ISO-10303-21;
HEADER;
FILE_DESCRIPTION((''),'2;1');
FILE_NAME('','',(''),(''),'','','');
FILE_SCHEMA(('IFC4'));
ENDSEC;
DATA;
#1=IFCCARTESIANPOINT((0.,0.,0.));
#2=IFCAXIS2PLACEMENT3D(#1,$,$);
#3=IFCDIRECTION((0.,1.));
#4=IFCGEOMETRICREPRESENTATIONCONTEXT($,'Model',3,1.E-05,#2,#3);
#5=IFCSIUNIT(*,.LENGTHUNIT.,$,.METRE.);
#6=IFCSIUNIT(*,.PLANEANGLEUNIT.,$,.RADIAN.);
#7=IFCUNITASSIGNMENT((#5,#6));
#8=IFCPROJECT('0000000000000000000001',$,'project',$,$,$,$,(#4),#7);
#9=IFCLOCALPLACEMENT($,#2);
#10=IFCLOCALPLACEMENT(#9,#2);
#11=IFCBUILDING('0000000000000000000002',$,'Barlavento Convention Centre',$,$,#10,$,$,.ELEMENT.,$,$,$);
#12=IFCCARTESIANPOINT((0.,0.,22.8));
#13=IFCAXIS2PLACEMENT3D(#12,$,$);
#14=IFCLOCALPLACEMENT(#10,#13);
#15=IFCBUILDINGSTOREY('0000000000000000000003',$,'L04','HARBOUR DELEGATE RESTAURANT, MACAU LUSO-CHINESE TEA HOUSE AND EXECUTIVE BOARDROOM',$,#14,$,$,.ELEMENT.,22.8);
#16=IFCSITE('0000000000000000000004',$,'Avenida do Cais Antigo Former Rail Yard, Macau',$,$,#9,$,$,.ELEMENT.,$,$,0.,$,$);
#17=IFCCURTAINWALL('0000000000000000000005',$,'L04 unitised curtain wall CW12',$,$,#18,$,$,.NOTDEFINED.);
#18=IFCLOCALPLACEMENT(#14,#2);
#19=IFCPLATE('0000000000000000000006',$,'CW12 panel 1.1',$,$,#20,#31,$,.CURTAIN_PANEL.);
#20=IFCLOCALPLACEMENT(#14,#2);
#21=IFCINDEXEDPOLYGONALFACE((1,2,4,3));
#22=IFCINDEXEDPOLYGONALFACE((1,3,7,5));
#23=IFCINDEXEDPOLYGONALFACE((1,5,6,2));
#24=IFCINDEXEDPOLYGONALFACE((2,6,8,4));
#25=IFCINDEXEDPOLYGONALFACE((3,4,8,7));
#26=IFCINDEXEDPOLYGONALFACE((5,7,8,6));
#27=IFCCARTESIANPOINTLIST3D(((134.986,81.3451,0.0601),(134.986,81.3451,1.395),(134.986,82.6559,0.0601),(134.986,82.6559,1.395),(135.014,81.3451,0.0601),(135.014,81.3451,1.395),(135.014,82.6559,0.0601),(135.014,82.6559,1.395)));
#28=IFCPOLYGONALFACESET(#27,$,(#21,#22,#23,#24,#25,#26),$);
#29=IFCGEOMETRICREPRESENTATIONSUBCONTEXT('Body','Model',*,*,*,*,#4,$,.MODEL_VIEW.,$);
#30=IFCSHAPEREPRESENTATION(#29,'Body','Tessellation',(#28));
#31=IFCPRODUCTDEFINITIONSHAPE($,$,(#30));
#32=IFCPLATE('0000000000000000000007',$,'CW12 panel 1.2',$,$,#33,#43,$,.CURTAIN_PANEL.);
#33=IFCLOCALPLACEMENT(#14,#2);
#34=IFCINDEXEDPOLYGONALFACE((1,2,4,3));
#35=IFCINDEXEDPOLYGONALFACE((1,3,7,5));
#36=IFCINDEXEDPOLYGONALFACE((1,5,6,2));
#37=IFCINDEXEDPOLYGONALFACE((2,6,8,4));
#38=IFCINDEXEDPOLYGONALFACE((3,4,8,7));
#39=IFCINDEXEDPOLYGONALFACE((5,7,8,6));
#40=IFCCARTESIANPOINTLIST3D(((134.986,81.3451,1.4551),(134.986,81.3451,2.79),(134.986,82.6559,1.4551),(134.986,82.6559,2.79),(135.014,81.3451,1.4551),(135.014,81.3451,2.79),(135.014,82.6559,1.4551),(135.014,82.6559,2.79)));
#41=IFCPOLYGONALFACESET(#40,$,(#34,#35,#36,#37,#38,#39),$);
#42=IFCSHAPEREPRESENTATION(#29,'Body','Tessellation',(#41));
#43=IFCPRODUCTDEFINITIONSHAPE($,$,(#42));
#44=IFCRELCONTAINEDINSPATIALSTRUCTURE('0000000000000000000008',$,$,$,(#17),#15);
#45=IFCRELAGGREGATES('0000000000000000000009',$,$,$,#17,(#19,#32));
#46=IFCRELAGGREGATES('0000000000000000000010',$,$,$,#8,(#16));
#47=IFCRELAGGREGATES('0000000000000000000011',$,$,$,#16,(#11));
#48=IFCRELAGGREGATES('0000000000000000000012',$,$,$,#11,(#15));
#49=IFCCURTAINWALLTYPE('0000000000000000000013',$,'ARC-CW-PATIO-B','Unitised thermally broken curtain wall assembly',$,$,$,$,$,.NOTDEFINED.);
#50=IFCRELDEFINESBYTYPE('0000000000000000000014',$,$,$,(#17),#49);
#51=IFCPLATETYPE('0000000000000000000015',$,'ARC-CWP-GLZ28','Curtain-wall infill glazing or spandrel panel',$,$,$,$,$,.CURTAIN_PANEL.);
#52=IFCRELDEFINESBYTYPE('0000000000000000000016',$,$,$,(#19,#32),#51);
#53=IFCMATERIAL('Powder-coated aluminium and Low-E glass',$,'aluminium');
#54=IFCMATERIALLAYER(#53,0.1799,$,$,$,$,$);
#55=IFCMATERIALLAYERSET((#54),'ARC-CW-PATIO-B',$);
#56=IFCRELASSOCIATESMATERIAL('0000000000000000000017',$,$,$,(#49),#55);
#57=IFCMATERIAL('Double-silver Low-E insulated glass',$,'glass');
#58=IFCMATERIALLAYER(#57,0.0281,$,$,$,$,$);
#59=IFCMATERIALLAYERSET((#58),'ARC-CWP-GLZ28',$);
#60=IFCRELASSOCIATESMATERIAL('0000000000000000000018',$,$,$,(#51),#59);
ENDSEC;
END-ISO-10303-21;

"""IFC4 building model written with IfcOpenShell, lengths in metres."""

from ifc_helpers import new_model, si_unit, direction, frame, origin, origin_2d, place, context, subcontext, project, spatial, rectangle, extrude, material, layer, layer_set, type_object, element, aggregate, save


model = new_model("IFC4")

# Units and contexts
model_context = context("Model", 3, precision=1e-05, world=origin(), true_north=direction((0.0, 1.0)))
body_context = subcontext(model_context, "Body", "Model", "MODEL_VIEW")
ifc_project = project(units=[si_unit("LENGTHUNIT", "METRE"), si_unit("PLANEANGLEUNIT", "RADIAN")], contexts=[model_context])

# Site, building, storey
site_placement = place(None, origin())
site = spatial("IfcSite", under=ifc_project, at=site_placement, Name="Avenida do Cais Antigo Former Rail Yard, Macau", CompositionType="ELEMENT", RefElevation=0.0)
building_placement = place(site_placement, origin())
building = spatial("IfcBuilding", under=site, at=building_placement, Name="Barlavento Convention Centre", CompositionType="ELEMENT")
storey_placement = place(building_placement, frame((0.0, 0.0, 22.8)))
storey = spatial("IfcBuildingStorey", under=building, at=storey_placement, Name="L04", Description="HARBOUR DELEGATE RESTAURANT, MACAU LUSO-CHINESE TEA HOUSE AND EXECUTIVE BOARDROOM", CompositionType="ELEMENT", Elevation=22.8)

# Curtain wall
ifc_material_1 = material(Name="Powder-coated aluminium and Low-E glass", Category="aluminium")
ifc_layer_1 = layer(ifc_material_1, 0.1799)
ifc_layer_set_1 = layer_set([ifc_layer_1], Name="ARC-CW-PATIO-B")
curtain_wall_type = type_object("IfcCurtainWallType", Name="ARC-CW-PATIO-B", Description="Unitised thermally broken curtain wall assembly", PredefinedType="NOTDEFINED", material=ifc_layer_set_1)
curtain_wall_1_placement = place(storey_placement, origin())
curtain_wall_1 = element("IfcCurtainWall", 1, at=curtain_wall_1_placement, inside=storey, type_object=curtain_wall_type, Name="L04 unitised curtain wall CW12", PredefinedType="NOTDEFINED")

# Plates
ifc_material_2 = material(Name="Double-silver Low-E insulated glass", Category="glass")
ifc_layer_2 = layer(ifc_material_2, 0.0281)
ifc_layer_set_2 = layer_set([ifc_layer_2], Name="ARC-CWP-GLZ28")
plate_type = type_object("IfcPlateType", Name="ARC-CWP-GLZ28", Description="Curtain-wall infill glazing or spandrel panel", PredefinedType="CURTAIN_PANEL", material=ifc_layer_set_2)
plate_1_placement = place(storey_placement, frame((135.0, 82.0005, 0.0601), z_axis=(0.0, 0.0, 1.0), x_axis=(0.0, 1.0, 0.0)))
plate_1 = element("IfcPlate", 2, at=plate_1_placement, type_object=plate_type, Name="CW12 panel 1.1", PredefinedType="CURTAIN_PANEL", context=body_context, shape_type="SweptSolid", body=[
    extrude(rectangle(XDim=1.3108, YDim=0.0281, at=origin_2d()), origin(), (0.0, 0.0, 1.0), 1.335),
])
plate_2_placement = place(storey_placement, frame((135.0, 82.0005, 1.4551), z_axis=(0.0, 0.0, 1.0), x_axis=(0.0, 1.0, 0.0)))
plate_2 = element("IfcPlate", 3, at=plate_2_placement, type_object=plate_type, Name="CW12 panel 1.2", PredefinedType="CURTAIN_PANEL", context=body_context, shape_type="SweptSolid", body=[
    extrude(rectangle(XDim=1.3108, YDim=0.0281, at=origin_2d()), origin(), (0.0, 0.0, 1.0), 1.335),
])
aggregate(curtain_wall_1, [plate_1, plate_2])

save(model, "model.ifc")
